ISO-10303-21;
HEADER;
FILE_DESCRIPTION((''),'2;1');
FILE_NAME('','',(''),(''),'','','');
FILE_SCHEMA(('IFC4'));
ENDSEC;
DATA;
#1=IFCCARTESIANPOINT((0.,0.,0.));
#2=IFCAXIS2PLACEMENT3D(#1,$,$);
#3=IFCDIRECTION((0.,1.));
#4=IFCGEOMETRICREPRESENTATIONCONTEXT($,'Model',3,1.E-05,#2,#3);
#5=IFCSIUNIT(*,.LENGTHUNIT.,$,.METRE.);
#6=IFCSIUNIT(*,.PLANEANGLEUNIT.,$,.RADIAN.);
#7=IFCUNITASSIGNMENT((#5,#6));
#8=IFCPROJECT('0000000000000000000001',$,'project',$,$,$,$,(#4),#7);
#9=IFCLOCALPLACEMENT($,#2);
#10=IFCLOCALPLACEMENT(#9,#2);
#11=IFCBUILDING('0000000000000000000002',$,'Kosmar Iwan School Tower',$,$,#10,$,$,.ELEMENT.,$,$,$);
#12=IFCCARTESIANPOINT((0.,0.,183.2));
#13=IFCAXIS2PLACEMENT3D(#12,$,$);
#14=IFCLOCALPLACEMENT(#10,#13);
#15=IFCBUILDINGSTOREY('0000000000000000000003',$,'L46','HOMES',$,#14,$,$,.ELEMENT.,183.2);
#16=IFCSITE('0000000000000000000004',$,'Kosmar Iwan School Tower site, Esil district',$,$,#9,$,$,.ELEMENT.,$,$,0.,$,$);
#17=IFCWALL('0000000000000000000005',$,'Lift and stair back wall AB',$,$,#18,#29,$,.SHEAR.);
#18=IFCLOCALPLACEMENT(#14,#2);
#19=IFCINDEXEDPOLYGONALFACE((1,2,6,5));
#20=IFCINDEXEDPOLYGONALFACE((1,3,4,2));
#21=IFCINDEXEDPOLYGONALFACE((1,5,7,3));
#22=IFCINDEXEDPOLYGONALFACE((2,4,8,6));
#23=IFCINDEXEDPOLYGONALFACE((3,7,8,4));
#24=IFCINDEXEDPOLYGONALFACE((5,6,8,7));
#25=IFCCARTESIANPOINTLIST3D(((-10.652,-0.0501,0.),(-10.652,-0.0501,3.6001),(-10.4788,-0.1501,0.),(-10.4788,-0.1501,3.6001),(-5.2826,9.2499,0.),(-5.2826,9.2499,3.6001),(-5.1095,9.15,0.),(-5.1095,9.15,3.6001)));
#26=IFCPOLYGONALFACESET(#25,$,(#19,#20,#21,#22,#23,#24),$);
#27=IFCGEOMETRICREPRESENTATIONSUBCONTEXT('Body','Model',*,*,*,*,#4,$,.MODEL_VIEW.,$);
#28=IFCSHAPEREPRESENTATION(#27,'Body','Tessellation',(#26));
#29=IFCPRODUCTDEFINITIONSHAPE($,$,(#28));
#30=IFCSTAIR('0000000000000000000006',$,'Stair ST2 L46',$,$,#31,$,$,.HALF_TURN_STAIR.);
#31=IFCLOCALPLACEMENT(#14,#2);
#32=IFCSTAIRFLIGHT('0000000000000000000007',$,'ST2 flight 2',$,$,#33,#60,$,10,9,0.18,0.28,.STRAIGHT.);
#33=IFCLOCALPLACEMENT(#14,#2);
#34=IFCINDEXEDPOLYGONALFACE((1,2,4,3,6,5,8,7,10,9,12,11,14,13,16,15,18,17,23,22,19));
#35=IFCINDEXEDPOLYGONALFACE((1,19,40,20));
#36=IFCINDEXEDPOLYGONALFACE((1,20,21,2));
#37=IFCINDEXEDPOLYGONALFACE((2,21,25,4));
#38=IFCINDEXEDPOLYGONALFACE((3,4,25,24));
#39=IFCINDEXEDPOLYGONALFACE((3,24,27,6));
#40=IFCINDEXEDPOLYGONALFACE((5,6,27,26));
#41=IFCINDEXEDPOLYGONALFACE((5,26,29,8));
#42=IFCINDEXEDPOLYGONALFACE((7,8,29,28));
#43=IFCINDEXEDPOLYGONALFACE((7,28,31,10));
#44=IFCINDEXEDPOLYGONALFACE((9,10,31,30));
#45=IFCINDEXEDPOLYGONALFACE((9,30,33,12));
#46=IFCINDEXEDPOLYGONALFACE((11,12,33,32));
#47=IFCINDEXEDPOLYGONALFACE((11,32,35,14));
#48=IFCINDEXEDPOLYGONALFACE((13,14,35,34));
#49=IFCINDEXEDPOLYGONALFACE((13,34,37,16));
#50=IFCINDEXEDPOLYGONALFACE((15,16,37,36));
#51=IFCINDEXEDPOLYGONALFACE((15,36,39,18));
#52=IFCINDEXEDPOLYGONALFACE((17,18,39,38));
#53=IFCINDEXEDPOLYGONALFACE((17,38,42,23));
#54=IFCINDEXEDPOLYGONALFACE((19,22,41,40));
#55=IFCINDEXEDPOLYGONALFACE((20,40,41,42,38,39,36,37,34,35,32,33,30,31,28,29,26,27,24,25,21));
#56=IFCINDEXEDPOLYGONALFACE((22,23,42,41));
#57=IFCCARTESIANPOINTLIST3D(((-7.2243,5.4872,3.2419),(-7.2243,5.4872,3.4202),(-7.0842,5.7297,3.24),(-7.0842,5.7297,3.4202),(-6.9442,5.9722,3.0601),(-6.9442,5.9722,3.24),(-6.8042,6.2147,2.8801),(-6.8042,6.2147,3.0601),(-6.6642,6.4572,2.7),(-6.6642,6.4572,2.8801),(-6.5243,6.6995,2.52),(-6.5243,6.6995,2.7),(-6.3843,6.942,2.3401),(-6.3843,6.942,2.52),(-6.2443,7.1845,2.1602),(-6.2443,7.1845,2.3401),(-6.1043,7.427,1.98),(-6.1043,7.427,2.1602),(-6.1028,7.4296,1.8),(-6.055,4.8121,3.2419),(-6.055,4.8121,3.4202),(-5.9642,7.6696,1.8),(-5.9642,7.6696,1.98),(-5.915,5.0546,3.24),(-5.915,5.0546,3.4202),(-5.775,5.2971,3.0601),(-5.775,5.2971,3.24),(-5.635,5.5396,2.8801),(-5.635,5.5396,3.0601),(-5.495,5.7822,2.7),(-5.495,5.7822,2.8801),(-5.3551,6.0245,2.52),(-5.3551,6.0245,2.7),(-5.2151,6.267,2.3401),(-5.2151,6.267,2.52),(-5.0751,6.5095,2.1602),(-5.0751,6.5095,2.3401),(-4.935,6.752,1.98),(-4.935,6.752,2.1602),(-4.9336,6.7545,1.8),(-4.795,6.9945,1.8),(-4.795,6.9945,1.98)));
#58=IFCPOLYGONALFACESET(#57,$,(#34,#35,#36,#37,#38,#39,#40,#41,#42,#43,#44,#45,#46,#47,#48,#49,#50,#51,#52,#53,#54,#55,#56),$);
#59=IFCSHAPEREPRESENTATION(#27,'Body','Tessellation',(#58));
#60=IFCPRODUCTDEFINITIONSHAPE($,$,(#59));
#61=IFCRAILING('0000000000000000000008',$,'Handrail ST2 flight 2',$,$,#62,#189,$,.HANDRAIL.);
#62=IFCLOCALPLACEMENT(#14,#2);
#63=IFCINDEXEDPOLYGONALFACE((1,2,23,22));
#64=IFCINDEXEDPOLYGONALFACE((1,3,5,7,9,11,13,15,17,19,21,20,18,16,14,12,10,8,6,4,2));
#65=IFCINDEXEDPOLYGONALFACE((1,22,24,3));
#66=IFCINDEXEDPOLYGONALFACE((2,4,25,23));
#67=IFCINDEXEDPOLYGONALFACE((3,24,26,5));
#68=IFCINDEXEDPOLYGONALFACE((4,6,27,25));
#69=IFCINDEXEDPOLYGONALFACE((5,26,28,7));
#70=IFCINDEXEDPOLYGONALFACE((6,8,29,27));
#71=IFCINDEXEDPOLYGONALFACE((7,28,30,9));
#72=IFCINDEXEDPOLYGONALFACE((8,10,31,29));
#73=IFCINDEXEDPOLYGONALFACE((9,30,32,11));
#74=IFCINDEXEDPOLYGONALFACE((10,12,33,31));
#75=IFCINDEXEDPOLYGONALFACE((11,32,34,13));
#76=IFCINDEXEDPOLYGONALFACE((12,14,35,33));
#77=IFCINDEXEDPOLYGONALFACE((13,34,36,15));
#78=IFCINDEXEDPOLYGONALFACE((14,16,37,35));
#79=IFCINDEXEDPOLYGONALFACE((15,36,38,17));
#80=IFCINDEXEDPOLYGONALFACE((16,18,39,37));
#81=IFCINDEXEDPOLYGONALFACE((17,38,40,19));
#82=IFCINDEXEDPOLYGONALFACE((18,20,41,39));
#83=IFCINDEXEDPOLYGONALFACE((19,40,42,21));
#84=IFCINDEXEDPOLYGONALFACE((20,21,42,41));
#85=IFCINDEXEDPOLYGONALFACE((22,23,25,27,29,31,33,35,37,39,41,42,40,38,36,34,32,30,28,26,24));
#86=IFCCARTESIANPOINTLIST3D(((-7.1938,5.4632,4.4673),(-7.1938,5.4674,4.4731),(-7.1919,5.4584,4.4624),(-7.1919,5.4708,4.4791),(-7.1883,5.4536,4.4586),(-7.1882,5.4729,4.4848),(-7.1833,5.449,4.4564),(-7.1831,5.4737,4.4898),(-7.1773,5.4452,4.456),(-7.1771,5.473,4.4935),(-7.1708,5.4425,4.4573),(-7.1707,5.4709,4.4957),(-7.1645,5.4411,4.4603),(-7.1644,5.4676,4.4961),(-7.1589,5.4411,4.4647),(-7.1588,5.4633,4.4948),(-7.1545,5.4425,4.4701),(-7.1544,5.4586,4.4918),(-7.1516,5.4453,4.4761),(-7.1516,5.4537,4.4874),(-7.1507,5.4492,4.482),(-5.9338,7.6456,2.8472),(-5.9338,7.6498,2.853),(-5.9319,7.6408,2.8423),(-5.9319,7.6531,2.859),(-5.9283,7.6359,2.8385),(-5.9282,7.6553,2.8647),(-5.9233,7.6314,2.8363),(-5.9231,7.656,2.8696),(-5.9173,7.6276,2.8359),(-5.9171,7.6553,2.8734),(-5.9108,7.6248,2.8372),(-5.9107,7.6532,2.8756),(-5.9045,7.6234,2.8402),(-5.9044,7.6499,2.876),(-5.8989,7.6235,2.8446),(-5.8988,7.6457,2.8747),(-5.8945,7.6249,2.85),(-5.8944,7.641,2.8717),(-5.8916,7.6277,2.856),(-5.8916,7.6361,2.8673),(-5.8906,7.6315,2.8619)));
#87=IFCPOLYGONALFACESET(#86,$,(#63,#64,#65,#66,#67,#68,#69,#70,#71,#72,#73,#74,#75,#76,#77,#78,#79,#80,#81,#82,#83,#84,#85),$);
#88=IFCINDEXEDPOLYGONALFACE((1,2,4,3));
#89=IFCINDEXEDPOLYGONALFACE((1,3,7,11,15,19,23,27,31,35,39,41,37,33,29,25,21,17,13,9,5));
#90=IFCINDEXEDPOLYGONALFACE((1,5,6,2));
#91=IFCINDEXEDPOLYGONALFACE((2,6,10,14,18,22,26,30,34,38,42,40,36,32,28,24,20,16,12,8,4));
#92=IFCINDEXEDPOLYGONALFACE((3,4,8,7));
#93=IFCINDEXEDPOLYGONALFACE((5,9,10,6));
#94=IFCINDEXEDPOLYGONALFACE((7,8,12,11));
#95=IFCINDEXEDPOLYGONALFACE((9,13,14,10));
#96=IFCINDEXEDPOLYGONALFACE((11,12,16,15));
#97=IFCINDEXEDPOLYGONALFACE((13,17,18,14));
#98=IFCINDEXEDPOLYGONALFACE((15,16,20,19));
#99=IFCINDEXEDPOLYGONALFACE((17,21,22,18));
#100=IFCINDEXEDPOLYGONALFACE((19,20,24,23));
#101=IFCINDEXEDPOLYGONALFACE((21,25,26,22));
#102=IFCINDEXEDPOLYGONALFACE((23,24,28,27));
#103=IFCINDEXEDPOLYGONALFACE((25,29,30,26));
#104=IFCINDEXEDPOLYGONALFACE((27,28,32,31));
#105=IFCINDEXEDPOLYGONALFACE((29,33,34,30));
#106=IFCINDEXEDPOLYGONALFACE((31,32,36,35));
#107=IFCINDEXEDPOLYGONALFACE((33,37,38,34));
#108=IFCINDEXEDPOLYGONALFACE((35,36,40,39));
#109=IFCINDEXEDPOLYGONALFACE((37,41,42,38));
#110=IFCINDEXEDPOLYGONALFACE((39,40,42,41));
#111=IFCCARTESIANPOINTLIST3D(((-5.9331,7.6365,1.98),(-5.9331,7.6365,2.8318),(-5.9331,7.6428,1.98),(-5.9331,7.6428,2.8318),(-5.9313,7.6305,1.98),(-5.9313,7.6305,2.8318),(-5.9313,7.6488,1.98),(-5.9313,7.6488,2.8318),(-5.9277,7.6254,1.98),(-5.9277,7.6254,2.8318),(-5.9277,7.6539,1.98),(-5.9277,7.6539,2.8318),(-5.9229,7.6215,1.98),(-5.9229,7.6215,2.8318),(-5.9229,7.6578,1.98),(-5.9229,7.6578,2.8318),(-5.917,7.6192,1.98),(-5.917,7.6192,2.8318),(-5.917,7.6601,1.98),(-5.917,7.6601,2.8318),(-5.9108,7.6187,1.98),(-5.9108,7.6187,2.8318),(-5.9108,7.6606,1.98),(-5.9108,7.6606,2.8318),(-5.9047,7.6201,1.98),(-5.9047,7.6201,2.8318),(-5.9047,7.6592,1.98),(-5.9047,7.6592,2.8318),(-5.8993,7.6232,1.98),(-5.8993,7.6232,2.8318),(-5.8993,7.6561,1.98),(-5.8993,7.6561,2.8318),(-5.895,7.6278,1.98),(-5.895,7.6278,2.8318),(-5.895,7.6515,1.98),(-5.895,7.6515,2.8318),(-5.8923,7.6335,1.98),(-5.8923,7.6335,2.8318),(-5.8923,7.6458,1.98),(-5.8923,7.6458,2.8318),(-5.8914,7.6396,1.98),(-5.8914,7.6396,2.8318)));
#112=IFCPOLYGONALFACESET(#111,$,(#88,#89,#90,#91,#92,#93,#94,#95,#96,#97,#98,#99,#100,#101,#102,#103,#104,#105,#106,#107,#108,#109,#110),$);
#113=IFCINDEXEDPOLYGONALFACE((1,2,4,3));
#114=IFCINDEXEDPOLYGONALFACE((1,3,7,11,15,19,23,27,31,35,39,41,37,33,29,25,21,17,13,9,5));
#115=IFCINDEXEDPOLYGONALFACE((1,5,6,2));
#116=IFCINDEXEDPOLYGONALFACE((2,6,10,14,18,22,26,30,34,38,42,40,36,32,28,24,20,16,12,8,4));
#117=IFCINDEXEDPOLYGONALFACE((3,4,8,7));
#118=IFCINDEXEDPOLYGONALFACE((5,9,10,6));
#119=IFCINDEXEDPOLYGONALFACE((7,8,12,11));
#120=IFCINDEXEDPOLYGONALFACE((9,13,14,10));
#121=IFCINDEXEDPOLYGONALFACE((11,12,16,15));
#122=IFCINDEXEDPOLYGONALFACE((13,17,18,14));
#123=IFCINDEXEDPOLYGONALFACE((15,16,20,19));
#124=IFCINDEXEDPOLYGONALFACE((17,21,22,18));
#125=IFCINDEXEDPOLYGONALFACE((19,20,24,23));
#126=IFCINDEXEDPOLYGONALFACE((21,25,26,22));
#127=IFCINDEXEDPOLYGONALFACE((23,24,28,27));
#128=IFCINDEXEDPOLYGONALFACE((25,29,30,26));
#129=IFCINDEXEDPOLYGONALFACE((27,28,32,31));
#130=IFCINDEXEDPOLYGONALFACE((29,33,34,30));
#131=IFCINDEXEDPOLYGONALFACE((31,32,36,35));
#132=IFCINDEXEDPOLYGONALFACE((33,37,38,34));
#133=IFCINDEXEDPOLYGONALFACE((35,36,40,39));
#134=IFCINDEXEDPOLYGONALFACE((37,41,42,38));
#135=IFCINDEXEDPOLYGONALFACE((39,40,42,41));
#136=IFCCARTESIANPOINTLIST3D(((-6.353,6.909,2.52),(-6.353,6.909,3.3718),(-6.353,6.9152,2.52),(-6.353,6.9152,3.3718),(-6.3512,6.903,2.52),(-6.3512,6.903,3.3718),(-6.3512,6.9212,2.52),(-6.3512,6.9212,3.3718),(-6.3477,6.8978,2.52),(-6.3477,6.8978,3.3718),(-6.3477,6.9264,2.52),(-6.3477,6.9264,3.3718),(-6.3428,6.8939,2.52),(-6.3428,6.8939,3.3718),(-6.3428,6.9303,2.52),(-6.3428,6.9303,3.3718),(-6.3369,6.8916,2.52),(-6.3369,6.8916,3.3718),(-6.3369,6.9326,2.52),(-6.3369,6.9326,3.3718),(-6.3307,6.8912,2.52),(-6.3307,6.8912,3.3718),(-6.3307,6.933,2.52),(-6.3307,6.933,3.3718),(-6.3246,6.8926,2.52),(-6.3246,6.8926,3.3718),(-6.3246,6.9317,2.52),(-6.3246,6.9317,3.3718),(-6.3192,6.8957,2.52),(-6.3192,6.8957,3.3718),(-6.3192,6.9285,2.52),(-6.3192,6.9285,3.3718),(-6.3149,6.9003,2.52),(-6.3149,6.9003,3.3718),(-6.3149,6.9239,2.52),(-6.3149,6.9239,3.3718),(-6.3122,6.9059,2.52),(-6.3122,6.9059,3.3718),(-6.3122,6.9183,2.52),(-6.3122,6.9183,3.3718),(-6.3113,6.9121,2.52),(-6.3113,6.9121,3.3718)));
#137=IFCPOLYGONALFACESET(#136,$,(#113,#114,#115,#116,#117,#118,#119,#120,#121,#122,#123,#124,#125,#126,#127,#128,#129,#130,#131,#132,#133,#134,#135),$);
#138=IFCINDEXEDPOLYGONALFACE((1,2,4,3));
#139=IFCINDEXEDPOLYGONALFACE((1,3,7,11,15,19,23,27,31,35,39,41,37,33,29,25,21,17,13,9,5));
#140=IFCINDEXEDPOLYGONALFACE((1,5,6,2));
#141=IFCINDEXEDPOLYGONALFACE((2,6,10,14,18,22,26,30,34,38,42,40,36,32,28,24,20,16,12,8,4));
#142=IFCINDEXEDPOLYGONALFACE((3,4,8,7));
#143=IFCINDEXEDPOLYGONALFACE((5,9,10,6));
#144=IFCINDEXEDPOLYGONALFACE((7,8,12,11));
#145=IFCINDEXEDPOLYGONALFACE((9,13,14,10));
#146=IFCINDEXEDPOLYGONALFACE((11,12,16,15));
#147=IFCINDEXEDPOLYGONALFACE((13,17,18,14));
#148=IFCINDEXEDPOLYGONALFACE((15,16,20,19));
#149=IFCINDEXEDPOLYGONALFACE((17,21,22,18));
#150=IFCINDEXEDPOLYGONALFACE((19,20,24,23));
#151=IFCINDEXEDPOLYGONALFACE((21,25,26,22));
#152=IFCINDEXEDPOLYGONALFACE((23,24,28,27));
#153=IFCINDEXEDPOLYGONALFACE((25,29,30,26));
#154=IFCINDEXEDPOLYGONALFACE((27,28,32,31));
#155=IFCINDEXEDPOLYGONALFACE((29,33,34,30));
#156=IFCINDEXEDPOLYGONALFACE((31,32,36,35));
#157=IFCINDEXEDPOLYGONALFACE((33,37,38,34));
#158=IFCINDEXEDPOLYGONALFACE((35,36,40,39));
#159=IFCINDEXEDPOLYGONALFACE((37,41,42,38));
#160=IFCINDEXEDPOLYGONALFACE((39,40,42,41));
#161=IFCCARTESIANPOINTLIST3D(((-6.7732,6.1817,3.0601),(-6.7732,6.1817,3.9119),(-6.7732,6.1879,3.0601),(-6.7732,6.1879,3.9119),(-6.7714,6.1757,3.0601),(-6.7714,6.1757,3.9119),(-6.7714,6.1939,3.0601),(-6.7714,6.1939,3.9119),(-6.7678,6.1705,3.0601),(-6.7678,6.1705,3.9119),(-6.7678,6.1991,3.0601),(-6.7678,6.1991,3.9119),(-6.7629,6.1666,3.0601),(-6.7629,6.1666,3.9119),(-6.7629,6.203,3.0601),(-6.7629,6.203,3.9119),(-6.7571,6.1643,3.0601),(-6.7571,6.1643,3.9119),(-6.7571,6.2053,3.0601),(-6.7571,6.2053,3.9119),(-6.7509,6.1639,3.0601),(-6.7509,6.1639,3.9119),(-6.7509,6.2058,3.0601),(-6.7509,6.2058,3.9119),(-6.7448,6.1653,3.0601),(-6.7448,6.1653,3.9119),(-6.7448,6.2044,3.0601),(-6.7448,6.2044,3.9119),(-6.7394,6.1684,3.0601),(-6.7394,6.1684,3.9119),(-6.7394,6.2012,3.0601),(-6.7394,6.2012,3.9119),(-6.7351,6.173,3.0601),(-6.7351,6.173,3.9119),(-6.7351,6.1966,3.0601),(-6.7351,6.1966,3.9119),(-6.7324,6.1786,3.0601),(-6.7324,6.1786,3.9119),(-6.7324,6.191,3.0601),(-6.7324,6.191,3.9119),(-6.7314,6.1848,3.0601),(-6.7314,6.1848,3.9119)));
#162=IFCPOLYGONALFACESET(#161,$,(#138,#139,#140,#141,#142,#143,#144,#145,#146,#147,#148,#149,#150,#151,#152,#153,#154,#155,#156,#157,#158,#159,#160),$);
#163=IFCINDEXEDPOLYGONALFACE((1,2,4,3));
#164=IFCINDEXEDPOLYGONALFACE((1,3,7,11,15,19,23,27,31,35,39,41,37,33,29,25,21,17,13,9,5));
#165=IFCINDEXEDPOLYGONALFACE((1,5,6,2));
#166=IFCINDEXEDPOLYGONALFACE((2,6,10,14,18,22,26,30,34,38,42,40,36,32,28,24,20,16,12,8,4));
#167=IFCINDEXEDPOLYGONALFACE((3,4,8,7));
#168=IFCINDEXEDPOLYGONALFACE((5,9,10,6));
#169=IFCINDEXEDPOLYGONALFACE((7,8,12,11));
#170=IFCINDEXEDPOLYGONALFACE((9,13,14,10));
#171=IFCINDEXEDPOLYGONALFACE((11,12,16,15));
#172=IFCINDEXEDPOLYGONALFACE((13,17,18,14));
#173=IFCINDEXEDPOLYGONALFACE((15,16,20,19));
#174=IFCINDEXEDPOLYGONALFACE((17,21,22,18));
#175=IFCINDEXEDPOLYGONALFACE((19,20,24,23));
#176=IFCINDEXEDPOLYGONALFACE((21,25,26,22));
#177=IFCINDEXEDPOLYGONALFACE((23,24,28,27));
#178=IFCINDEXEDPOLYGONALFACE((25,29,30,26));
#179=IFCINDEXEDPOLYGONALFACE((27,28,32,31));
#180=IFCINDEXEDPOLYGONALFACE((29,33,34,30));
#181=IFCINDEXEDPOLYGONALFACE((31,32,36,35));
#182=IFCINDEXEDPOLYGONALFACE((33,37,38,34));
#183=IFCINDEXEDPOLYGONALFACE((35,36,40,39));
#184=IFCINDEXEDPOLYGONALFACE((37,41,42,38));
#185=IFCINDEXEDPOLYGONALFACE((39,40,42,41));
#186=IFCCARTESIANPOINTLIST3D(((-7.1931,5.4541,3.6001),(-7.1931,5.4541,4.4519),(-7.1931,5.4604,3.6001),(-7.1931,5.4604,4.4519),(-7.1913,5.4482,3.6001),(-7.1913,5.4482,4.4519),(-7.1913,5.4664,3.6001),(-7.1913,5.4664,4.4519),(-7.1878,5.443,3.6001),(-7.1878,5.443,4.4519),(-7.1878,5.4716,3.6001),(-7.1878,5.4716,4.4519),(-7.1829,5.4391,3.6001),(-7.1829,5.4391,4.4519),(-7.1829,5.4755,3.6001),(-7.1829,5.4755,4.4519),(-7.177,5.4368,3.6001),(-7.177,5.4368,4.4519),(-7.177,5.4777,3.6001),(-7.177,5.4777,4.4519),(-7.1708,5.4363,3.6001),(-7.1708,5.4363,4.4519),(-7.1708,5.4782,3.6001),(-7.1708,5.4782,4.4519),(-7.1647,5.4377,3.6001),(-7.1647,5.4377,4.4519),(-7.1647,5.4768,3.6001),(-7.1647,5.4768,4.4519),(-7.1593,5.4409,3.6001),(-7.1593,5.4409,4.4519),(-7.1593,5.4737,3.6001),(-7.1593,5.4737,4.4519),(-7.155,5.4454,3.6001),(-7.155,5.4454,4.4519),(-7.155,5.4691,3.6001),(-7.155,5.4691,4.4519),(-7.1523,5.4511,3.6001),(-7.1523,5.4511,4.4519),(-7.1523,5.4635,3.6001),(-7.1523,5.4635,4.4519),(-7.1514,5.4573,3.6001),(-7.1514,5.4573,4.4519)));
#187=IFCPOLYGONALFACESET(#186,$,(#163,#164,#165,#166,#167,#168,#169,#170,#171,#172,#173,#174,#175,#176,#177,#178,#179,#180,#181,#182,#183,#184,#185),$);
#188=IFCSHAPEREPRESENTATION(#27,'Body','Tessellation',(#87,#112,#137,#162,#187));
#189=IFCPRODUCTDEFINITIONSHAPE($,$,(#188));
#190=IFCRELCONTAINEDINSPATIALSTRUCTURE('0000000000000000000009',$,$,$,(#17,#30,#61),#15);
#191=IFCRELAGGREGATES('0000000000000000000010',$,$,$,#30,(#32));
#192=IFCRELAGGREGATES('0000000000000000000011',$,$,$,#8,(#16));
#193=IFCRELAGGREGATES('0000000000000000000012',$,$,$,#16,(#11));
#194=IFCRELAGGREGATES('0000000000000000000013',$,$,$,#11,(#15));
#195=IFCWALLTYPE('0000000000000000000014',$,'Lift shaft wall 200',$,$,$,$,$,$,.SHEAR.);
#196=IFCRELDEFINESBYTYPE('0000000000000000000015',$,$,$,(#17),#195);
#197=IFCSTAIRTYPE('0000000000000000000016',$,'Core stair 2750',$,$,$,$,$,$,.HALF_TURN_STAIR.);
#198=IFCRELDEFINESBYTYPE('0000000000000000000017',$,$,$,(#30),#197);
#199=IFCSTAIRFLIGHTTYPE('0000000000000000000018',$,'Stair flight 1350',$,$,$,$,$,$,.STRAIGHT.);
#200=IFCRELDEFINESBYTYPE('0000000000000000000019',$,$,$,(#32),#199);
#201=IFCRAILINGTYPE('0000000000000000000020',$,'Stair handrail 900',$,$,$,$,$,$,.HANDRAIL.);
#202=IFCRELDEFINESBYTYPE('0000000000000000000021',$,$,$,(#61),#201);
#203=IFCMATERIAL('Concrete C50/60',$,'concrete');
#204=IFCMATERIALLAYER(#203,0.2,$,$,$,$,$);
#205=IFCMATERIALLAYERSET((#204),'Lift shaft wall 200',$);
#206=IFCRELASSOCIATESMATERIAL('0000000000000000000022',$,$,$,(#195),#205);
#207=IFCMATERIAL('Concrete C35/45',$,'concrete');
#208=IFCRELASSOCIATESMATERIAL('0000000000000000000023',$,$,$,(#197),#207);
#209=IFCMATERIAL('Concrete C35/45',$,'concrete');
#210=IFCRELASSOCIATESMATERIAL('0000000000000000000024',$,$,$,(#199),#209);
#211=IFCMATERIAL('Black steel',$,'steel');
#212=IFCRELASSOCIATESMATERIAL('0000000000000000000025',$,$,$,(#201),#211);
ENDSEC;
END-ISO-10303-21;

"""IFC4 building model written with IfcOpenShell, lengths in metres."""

from ifc_helpers import new_model, si_unit, direction, frame, frame_2d, origin, origin_2d, place, context, subcontext, project, spatial, polyline, rectangle, circle, outline, extrude, material, layer, layer_set, type_object, element, aggregate, save


model = new_model("IFC4")

# Units and contexts
model_context = context("Model", 3, precision=1e-05, world=origin(), true_north=direction((0.0, 1.0)))
body_context = subcontext(model_context, "Body", "Model", "MODEL_VIEW")
ifc_project = project(units=[si_unit("LENGTHUNIT", "METRE"), si_unit("PLANEANGLEUNIT", "RADIAN")], contexts=[model_context])

# Site, building, storey
site_placement = place(None, origin())
site = spatial("IfcSite", under=ifc_project, at=site_placement, Name="Kosmar Iwan School Tower site, Esil district", CompositionType="ELEMENT", RefElevation=0.0)
building_placement = place(site_placement, origin())
building = spatial("IfcBuilding", under=site, at=building_placement, Name="Kosmar Iwan School Tower", CompositionType="ELEMENT")
storey_placement = place(building_placement, frame((0.0, 0.0, 183.2)))
storey = spatial("IfcBuildingStorey", under=building, at=storey_placement, Name="L46", Description="HOMES", CompositionType="ELEMENT", Elevation=183.2)

# Wall
ifc_material_1 = material(Name="Concrete C50/60", Category="concrete")
ifc_layer_1 = layer(ifc_material_1, 0.2)
ifc_layer_set_1 = layer_set([ifc_layer_1], Name="Lift shaft wall 200")
wall_type_1 = type_object("IfcWallType", Name="Lift shaft wall 200", PredefinedType="SHEAR", material=ifc_layer_set_1)
wall_1_placement = place(storey_placement, frame((-5.196, 9.2, 0.0), z_axis=(0.0, 0.0, 1.0), x_axis=(-0.5, -0.866025, 0.0)))
element("IfcWall", 1, at=wall_1_placement, inside=storey, type_object=wall_type_1, Name="Lift and stair back wall AB", PredefinedType="SHEAR", context=body_context, shape_type="SweptSolid", body=[
    extrude(rectangle(XDim=10.7388, YDim=0.2, at=frame_2d((5.3694, 0.0))), origin(), (0.0, 0.0, 1.0), 3.6001),
])

# Stair, stair flight
ifc_material_2 = material(Name="Concrete C35/45", Category="concrete")
stair_type = type_object("IfcStairType", Name="Core stair 2750", PredefinedType="HALF_TURN_STAIR", material=ifc_material_2)
stair_placement = place(storey_placement, origin())
stair = element("IfcStair", 2, at=stair_placement, inside=storey, type_object=stair_type, Name="Stair ST2 L46", PredefinedType="HALF_TURN_STAIR")
ifc_material_3 = material(Name="Concrete C35/45", Category="concrete")
stair_flight_type = type_object("IfcStairFlightType", Name="Stair flight 1350", PredefinedType="STRAIGHT", material=ifc_material_3)
stair_flight_placement = place(storey_placement, frame((-5.3796, 7.332, 1.8), z_axis=(0.0, 0.0, 1.0), x_axis=(-0.5, -0.866025, 0.0)))
stair_flight = element("IfcStairFlight", 3, at=stair_flight_placement, type_object=stair_flight_type, Name="ST2 flight 2", NumberOfRisers=10, NumberOfTreads=9, PredefinedType="STRAIGHT", RiserHeight=0.18, TreadLength=0.28, context=body_context, shape_type="SweptSolid", body=[
    extrude(outline(polyline([(0.0, 0.0), (0.0, 0.1799), (0.28, 0.1799), (0.28, 0.3601), (0.5601, 0.3601), (0.5601, 0.54), (0.8401, 0.54), (0.8401, 0.72), (1.1201, 0.72), (1.1201, 0.8999), (1.3999, 0.8999), (1.3999, 1.0801), (1.6799, 1.0801), (1.6799, 1.26), (1.96, 1.26), (1.96, 1.4399), (2.24, 1.4399), (2.24, 1.6201), (2.52, 1.6201), (2.52, 1.8), (2.52, 1.4419), (0.2771, 0.0), (0.0, 0.0)])), frame((0.0, 0.675, 0.0), z_axis=(0.0, -1.0, 0.0), x_axis=(1.0, 0.0, 0.0)), (0.0, 0.0, 1.0), 1.3501),
])
aggregate(stair, [stair_flight])

# Railing
ifc_material_4 = material(Name="Black steel", Category="steel")
railing_type = type_object("IfcRailingType", Name="Stair handrail 900", PredefinedType="HANDRAIL", material=ifc_material_4)
railing_placement = place(storey_placement, frame((-5.9124, 7.6396, 1.98)))
element("IfcRailing", 4, at=railing_placement, inside=storey, type_object=railing_type, Name="Handrail ST2 flight 2", PredefinedType="HANDRAIL", context=body_context, shape_type="SweptSolid", body=[
    extrude(circle(Radius=0.0239, at=origin_2d()), frame((0.0, 0.0, 0.876), z_axis=(-0.420584, -0.728464, 0.540786), x_axis=(0.866023, -0.500005, 0.0)), (0.0, 0.0, 1.0), 2.9958),
    extrude(circle(Radius=0.021, at=origin_2d()), origin(), (0.0, 0.0, 1.0), 0.8518),
    extrude(circle(Radius=0.021, at=origin_2d()), frame((-0.4199, -0.7275, 0.54)), (0.0, 0.0, 1.0), 0.8518),
    extrude(circle(Radius=0.021, at=origin_2d()), frame((-0.8401, -1.4548, 1.0801)), (0.0, 0.0, 1.0), 0.8518),
    extrude(circle(Radius=0.021, at=origin_2d()), frame((-1.26, -2.1824, 1.6201)), (0.0, 0.0, 1.0), 0.8518),
])

save(model, "model.ifc")
